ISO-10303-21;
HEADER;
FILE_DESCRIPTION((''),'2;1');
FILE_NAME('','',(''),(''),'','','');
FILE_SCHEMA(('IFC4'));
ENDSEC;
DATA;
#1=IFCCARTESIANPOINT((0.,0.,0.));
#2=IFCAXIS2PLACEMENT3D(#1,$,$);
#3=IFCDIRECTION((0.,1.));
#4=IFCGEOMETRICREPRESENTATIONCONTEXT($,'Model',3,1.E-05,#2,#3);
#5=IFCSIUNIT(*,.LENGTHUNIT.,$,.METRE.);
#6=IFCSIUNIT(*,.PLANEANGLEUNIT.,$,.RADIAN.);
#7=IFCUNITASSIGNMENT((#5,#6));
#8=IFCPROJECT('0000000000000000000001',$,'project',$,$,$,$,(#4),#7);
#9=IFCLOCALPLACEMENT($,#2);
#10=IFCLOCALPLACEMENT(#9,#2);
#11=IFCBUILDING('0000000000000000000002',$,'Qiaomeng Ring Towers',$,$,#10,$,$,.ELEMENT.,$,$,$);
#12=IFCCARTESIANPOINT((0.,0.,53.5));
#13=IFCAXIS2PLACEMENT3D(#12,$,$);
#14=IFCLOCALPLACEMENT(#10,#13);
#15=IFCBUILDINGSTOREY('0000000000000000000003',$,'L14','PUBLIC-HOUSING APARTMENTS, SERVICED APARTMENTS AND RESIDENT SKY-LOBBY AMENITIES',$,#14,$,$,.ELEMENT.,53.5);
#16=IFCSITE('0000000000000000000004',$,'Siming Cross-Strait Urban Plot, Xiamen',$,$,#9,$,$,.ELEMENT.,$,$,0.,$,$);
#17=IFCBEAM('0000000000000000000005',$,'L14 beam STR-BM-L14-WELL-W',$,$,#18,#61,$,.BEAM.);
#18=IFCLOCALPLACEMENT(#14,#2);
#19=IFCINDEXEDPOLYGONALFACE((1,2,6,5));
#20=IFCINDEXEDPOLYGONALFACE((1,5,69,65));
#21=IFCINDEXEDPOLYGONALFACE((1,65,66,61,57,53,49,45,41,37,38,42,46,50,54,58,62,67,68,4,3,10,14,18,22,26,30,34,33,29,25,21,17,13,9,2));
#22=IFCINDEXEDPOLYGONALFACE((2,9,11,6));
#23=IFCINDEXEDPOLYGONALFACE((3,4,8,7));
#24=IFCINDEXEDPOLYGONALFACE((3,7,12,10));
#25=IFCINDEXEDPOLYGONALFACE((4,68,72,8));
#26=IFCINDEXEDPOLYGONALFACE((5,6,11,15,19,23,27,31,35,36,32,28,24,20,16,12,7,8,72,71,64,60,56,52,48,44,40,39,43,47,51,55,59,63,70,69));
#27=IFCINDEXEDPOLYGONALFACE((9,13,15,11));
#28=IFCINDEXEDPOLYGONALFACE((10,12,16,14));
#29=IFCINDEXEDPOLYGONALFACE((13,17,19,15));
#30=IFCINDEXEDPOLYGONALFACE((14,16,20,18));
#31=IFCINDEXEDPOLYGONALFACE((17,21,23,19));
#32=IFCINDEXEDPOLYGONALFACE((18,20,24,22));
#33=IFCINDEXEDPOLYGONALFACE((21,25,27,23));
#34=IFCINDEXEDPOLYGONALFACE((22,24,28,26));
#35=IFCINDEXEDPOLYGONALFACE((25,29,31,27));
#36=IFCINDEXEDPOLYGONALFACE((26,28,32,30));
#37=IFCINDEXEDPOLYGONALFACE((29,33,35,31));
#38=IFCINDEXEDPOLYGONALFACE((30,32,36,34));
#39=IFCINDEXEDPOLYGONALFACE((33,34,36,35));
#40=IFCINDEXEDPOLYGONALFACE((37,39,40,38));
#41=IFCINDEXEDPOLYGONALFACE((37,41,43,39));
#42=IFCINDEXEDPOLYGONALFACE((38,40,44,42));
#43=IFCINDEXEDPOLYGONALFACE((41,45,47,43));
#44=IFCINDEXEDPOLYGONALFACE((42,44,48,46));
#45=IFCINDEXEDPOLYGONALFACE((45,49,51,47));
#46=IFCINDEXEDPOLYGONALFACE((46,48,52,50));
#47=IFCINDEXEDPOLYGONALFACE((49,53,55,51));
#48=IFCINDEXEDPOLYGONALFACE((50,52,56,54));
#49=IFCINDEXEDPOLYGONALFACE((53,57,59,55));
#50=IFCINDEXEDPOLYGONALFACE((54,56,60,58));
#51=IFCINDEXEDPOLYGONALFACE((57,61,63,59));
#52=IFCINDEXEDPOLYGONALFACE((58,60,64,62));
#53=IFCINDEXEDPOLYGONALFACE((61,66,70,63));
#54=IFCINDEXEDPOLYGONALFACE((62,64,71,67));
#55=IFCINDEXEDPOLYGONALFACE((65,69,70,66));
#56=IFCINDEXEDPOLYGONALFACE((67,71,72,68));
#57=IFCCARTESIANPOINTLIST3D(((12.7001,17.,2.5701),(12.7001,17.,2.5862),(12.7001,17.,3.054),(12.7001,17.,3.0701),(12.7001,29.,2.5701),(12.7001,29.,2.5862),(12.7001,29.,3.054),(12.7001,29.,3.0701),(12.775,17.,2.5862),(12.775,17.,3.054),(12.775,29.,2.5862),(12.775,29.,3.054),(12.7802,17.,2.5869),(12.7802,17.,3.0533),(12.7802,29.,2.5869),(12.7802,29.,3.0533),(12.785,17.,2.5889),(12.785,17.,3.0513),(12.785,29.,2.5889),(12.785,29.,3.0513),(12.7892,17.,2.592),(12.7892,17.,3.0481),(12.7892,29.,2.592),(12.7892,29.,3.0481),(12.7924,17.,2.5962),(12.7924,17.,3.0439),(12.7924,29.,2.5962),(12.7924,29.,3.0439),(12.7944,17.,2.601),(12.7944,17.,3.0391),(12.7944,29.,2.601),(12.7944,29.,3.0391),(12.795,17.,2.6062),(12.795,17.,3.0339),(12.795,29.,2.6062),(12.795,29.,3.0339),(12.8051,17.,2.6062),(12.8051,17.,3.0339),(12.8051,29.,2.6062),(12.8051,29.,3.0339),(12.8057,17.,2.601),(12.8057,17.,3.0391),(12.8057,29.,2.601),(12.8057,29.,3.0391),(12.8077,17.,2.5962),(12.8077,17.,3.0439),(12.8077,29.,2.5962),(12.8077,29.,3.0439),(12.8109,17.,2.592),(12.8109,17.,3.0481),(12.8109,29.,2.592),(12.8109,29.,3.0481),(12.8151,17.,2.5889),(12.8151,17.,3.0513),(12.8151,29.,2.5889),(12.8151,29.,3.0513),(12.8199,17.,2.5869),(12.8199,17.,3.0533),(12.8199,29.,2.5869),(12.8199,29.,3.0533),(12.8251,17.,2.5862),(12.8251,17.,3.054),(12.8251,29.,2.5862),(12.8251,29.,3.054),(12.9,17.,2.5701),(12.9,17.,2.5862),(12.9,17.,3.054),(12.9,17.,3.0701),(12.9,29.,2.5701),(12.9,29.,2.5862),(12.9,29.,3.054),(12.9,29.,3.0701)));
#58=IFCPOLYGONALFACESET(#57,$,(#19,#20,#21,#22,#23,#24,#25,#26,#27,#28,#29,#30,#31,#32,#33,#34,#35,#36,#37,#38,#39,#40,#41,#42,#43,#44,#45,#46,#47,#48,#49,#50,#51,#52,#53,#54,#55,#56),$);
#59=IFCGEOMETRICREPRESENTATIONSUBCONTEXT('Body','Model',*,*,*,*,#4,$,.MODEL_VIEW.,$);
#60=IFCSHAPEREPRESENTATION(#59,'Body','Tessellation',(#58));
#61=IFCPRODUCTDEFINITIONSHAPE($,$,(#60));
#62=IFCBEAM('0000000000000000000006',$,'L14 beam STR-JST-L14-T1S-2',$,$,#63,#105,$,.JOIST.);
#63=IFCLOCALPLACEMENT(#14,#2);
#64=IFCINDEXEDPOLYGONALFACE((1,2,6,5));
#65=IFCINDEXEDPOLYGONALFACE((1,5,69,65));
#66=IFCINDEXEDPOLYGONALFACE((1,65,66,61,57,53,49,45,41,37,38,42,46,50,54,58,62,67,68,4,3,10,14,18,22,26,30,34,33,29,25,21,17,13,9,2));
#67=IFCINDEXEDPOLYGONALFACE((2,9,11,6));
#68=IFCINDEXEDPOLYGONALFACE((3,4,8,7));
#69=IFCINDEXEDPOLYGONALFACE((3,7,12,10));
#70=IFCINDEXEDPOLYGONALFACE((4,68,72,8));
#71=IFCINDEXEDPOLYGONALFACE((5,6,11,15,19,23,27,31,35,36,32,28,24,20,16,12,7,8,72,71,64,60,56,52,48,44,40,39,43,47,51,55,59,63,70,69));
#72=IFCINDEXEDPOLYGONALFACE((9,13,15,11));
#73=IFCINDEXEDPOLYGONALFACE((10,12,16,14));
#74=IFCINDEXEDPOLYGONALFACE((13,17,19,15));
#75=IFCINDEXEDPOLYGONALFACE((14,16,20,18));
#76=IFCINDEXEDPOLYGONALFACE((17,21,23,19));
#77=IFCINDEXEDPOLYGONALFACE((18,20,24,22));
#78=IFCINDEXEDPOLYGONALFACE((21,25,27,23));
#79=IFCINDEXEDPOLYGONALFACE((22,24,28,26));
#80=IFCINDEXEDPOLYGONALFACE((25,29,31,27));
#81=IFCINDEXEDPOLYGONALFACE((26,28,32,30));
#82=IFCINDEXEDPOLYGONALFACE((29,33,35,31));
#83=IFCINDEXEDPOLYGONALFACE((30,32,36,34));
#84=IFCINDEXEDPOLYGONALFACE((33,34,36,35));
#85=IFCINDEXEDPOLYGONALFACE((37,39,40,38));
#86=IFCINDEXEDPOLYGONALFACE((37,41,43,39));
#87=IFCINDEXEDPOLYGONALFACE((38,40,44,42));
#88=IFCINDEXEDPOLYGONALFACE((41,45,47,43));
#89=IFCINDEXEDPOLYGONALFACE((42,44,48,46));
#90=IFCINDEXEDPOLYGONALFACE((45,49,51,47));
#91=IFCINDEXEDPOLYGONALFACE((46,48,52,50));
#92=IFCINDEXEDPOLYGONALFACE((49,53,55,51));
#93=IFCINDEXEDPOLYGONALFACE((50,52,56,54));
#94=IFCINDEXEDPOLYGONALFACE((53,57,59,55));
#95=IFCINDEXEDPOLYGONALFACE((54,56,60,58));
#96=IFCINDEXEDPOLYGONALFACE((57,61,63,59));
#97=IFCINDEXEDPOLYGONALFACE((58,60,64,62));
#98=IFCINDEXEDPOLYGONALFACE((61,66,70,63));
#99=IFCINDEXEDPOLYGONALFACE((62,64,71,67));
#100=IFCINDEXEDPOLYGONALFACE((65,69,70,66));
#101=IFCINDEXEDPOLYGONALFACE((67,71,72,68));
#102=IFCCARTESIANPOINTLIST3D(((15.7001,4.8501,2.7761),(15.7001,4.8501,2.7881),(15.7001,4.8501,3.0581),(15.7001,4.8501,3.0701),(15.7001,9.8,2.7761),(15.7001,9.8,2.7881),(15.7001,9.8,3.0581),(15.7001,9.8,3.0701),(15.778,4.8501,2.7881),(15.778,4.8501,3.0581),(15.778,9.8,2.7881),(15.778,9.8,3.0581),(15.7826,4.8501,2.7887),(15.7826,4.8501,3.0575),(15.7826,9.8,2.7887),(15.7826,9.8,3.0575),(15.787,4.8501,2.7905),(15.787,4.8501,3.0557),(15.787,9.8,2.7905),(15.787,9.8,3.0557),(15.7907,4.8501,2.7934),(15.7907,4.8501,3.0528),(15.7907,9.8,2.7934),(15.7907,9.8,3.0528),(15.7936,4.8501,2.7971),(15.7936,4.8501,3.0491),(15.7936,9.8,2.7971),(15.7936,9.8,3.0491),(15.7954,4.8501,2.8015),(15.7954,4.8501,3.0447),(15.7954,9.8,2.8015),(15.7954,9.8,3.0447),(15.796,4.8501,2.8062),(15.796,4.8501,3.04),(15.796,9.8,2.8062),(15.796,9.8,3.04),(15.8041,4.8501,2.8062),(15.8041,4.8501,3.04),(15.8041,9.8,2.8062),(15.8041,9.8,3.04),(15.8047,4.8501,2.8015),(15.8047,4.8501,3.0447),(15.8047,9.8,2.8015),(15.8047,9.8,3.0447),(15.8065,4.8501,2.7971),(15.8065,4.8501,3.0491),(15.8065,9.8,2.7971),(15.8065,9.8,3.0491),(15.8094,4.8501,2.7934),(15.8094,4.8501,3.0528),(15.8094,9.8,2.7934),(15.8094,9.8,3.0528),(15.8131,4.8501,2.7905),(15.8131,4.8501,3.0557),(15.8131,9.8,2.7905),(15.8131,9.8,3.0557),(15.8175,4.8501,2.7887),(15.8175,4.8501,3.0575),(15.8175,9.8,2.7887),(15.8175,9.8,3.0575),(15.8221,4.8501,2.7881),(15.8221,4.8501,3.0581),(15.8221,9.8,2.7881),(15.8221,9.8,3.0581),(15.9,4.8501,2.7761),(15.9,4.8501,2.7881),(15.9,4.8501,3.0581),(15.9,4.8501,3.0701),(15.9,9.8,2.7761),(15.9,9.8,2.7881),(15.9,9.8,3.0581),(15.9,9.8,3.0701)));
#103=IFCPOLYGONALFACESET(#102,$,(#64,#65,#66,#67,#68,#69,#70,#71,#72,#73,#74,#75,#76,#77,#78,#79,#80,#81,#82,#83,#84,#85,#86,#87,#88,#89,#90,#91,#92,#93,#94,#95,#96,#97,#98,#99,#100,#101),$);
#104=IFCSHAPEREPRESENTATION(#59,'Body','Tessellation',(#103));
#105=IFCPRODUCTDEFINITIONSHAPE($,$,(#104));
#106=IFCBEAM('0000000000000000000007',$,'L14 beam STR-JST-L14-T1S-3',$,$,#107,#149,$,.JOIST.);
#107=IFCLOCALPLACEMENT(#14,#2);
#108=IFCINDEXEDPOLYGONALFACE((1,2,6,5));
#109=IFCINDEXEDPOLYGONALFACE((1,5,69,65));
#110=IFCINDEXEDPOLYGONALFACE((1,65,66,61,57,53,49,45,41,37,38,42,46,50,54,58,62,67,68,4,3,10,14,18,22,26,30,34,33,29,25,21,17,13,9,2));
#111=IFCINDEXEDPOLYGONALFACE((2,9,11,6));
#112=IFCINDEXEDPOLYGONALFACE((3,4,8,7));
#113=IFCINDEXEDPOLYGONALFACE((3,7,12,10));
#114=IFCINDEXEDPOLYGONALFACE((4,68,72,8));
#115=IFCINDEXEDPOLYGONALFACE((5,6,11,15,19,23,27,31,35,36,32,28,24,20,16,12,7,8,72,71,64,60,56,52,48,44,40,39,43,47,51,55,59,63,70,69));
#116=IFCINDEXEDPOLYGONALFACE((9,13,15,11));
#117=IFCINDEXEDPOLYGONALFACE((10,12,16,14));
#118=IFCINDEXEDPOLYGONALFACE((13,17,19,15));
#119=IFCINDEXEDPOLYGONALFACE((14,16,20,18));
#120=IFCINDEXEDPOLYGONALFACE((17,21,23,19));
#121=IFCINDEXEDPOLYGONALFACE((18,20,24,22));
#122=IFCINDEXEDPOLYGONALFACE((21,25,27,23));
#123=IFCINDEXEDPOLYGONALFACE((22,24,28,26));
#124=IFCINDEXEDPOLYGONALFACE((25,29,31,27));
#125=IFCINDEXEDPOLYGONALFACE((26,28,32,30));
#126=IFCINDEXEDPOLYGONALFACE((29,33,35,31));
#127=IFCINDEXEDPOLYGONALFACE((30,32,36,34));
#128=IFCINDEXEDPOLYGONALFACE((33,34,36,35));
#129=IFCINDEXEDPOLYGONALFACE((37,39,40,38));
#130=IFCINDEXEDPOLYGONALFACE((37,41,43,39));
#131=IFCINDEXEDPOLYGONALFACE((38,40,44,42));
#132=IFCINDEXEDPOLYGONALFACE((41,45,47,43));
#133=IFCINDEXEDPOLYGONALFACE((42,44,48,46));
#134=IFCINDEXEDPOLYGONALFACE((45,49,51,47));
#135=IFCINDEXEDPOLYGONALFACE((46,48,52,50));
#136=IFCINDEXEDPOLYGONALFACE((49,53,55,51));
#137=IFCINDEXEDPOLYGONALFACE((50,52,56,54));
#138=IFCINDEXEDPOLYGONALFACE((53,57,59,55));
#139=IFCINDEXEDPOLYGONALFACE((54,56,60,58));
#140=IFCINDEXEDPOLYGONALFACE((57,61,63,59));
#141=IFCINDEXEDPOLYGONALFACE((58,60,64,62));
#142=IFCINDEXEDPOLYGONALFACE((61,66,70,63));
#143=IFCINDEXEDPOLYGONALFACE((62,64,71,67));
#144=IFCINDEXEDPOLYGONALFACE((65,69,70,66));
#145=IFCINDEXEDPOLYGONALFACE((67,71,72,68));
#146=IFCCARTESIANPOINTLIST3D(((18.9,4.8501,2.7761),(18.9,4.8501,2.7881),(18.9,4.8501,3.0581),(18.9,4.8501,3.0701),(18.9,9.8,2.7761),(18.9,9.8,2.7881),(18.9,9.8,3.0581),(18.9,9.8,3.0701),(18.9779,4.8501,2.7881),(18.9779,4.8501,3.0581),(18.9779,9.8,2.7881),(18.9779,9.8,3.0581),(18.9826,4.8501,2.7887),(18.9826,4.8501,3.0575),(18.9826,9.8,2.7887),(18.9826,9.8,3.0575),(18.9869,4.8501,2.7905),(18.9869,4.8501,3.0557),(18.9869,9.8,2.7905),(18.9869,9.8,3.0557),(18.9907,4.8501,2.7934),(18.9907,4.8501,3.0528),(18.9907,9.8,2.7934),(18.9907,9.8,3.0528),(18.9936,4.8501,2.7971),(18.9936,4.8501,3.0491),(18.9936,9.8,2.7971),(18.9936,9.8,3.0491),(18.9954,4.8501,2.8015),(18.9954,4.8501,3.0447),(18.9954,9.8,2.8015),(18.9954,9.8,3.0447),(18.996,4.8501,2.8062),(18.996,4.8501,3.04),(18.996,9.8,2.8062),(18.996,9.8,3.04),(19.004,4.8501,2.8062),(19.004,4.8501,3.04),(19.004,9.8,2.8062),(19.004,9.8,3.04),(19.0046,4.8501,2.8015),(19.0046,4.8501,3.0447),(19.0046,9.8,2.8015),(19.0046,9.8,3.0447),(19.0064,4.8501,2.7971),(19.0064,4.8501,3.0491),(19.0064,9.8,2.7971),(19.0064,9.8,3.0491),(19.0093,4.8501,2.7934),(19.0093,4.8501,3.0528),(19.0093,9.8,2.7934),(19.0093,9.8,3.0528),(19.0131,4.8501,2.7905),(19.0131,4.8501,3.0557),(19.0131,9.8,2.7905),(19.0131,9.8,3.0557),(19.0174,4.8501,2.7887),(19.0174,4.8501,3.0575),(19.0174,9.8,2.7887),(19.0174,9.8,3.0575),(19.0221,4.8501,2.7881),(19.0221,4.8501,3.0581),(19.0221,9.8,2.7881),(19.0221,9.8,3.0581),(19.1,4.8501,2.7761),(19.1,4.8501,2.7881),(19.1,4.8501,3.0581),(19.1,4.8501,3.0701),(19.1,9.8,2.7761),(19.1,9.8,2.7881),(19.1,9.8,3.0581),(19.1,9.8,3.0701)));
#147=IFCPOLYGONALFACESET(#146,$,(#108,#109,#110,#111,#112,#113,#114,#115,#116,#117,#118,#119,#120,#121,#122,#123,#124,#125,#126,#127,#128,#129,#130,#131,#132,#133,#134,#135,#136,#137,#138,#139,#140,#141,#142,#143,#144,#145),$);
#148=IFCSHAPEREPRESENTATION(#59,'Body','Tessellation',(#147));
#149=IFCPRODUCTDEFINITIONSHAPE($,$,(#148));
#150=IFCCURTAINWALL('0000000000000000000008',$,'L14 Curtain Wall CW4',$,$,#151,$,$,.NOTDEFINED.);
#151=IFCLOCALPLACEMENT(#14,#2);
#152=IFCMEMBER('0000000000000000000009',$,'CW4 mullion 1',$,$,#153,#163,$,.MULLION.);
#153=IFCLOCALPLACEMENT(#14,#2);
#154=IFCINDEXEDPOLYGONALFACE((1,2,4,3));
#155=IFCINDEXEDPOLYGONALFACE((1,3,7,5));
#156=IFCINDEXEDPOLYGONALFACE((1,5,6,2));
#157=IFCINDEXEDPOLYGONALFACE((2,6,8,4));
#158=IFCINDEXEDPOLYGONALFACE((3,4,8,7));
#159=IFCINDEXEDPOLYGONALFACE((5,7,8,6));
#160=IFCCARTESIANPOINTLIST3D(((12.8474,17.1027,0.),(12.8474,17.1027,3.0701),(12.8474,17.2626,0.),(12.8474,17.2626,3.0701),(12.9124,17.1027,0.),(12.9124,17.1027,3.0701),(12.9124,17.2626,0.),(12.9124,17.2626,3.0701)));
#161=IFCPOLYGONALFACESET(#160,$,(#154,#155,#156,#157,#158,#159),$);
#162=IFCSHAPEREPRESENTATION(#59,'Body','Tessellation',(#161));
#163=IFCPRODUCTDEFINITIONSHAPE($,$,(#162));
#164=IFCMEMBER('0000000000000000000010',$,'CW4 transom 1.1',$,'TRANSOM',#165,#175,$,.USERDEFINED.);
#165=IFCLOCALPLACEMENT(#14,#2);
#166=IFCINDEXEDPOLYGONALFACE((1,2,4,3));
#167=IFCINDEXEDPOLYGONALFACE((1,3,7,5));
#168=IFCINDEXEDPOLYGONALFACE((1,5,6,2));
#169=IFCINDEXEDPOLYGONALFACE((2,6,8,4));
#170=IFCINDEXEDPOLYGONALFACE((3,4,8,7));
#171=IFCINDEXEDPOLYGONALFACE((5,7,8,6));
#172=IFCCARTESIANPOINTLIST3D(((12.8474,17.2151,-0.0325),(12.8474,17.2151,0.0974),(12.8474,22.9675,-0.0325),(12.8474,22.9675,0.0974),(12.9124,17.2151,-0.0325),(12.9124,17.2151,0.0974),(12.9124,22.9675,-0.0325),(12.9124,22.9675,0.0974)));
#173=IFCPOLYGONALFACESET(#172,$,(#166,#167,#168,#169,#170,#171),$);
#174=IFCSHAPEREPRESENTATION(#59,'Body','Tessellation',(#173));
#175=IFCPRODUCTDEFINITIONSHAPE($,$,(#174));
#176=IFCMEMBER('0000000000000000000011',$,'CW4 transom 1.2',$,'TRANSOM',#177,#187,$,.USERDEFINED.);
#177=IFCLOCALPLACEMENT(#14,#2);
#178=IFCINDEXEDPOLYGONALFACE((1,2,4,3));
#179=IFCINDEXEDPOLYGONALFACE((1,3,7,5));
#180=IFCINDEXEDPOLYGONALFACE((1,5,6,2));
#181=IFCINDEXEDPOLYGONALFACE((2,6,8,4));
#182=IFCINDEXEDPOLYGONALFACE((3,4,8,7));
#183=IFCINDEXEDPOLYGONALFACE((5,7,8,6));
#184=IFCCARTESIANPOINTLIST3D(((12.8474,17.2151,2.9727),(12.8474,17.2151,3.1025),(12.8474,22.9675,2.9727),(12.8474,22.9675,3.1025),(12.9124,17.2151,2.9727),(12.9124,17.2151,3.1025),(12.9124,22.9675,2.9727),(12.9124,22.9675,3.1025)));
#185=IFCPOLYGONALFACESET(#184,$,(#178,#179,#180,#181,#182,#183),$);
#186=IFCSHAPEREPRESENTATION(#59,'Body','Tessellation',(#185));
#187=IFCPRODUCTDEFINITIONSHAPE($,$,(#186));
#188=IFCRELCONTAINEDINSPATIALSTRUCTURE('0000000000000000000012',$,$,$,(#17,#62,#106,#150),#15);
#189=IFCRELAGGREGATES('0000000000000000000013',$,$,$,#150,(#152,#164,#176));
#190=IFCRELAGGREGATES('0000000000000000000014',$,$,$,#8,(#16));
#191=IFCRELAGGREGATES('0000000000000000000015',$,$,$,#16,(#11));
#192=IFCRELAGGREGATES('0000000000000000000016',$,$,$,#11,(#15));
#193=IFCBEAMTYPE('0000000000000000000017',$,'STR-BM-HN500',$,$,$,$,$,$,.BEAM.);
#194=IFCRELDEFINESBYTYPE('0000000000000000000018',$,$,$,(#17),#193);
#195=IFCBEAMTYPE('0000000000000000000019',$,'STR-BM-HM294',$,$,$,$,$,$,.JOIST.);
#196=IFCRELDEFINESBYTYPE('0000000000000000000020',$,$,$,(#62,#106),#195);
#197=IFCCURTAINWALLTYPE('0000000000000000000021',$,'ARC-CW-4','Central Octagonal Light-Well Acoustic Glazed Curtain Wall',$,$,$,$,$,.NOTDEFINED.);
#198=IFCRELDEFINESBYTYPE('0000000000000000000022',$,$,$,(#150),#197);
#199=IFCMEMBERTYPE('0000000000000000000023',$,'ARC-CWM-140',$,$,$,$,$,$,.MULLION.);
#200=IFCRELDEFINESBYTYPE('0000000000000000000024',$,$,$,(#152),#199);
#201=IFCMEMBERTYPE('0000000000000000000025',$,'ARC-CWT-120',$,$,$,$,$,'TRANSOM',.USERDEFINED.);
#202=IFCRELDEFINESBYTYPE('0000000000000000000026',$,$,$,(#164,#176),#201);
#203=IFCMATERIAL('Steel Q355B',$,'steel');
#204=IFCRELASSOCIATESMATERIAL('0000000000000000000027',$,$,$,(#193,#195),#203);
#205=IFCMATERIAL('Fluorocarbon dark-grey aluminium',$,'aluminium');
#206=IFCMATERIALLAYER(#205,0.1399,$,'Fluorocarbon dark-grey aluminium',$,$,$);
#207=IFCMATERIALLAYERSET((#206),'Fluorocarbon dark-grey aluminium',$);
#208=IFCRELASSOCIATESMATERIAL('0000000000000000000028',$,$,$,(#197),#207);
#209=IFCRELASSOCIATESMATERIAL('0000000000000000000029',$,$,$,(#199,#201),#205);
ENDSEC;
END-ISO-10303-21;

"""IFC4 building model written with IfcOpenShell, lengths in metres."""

from ifc_helpers import new_model, si_unit, direction, frame, origin, origin_2d, place, context, subcontext, project, spatial, rectangle, i_section, extrude, source, transform, mapped, material, layer, layer_set, material_profile, profile_set, type_object, element, aggregate, save


model = new_model("IFC4")

# Units and contexts
model_context = context("Model", 3, precision=1e-05, world=origin(), true_north=direction((0.0, 1.0)))
body_context = subcontext(model_context, "Body", "Model", "MODEL_VIEW")
ifc_project = project(units=[si_unit("LENGTHUNIT", "METRE"), si_unit("PLANEANGLEUNIT", "RADIAN")], contexts=[model_context])

# Site, building, storey
site_placement = place(None, origin())
site = spatial("IfcSite", under=ifc_project, at=site_placement, Name="Siming Cross-Strait Urban Plot, Xiamen", CompositionType="ELEMENT", RefElevation=0.0)
building_placement = place(site_placement, origin())
building = spatial("IfcBuilding", under=site, at=building_placement, Name="Qiaomeng Ring Towers", CompositionType="ELEMENT")
storey_placement = place(building_placement, frame((0.0, 0.0, 53.5)))
storey = spatial("IfcBuildingStorey", under=building, at=storey_placement, Name="L14", Description="PUBLIC-HOUSING APARTMENTS, SERVICED APARTMENTS AND RESIDENT SKY-LOBBY AMENITIES", CompositionType="ELEMENT", Elevation=53.5)

# Beams
ifc_material_1 = material(Name="Steel Q355B", Category="steel")
ifc_material_profile_1 = material_profile(ifc_material_1, i_section(OverallWidth=0.2, OverallDepth=0.5, WebThickness=0.01, FlangeThickness=0.0161, FilletRadius=0.02, at=origin_2d()), Name="HN 500x200x10x16")
ifc_profile_set_1 = profile_set([ifc_material_profile_1], Name="Steel Q355B")
beam_type_1 = type_object("IfcBeamType", Name="STR-BM-HN500", PredefinedType="BEAM", material=ifc_profile_set_1)
shared_shape_1 = source(origin(), body_context, "Body", "SweptSolid", [
    extrude(i_section(OverallWidth=0.2, OverallDepth=0.5, WebThickness=0.01, FlangeThickness=0.0161, FilletRadius=0.02, at=origin_2d()), origin(), (0.0, 0.0, 1.0), 12.0),
])
beam_placement = place(storey_placement, frame((12.8, 17.0, 2.8201), z_axis=(0.0, 1.0, 0.0), x_axis=(-1.0, 0.0, 0.0)))
element("IfcBeam", 1, at=beam_placement, inside=storey, type_object=beam_type_1, Name="L14 beam STR-BM-L14-WELL-W", PredefinedType="BEAM", context=body_context, shape_type="MappedRepresentation", body=[
    mapped(shared_shape_1, transform((0.0, 0.0, 0.0), x_axis=(1.0, 0.0, 0.0), y_axis=(0.0, 1.0, 0.0), z_axis=(0.0, 0.0, 1.0), scale=1.0)),
])
ifc_material_profile_2 = material_profile(ifc_material_1, i_section(OverallWidth=0.2, OverallDepth=0.2939, WebThickness=0.0081, FlangeThickness=0.012, FilletRadius=0.0181, at=origin_2d()), Name="HM 294x200x8x12")
ifc_profile_set_2 = profile_set([ifc_material_profile_2], Name="Steel Q355B")
beam_type_2 = type_object("IfcBeamType", Name="STR-BM-HM294", PredefinedType="JOIST", material=ifc_profile_set_2)
shared_shape_2 = source(origin(), body_context, "Body", "SweptSolid", [
    extrude(i_section(OverallWidth=0.2, OverallDepth=0.2939, WebThickness=0.0081, FlangeThickness=0.012, FilletRadius=0.0181, at=origin_2d()), origin(), (0.0, 0.0, 1.0), 4.95),
])
for number, where, z_axis, x_axis, name in (
    (2, (15.8, 4.8501, 2.9231), (0.0, 1.0, 0.0), (-1.0, 0.0, 0.0), "L14 beam STR-JST-L14-T1S-2"),
    (3, (19.0, 4.8501, 2.9231), (0.0, 1.0, 0.0), (-1.0, 0.0, 0.0), "L14 beam STR-JST-L14-T1S-3"),
):
    element("IfcBeam", number, at=place(storey_placement, frame(where, z_axis=z_axis, x_axis=x_axis)), inside=storey, type_object=beam_type_2, Name=name, PredefinedType="JOIST", context=body_context, shape_type="MappedRepresentation", body=[
        mapped(shared_shape_2, transform((0.0, 0.0, 0.0), x_axis=(1.0, 0.0, 0.0), y_axis=(0.0, 1.0, 0.0), z_axis=(0.0, 0.0, 1.0), scale=1.0)),
    ])

# Curtain wall, members
ifc_material_2 = material(Name="Fluorocarbon dark-grey aluminium", Category="aluminium")
ifc_layer_1 = layer(ifc_material_2, 0.1399, Name="Fluorocarbon dark-grey aluminium")
ifc_layer_set_1 = layer_set([ifc_layer_1], Name="Fluorocarbon dark-grey aluminium")
curtain_wall_type = type_object("IfcCurtainWallType", Name="ARC-CW-4", Description="Central Octagonal Light-Well Acoustic Glazed Curtain Wall", PredefinedType="NOTDEFINED", material=ifc_layer_set_1)
curtain_wall_placement = place(storey_placement, origin())
curtain_wall = element("IfcCurtainWall", 4, at=curtain_wall_placement, inside=storey, type_object=curtain_wall_type, Name="L14 Curtain Wall CW4", PredefinedType="NOTDEFINED")
ifc_material_profile_3 = material_profile(ifc_material_2, rectangle(XDim=0.0649, YDim=0.1599, at=origin_2d()), Name="ALU MULL 65x160")
ifc_profile_set_3 = profile_set([ifc_material_profile_3], Name="Fluorocarbon dark-grey aluminium")
member_type_1 = type_object("IfcMemberType", Name="ARC-CWM-140", PredefinedType="MULLION", material=ifc_profile_set_3)
shared_shape_3 = source(origin(), body_context, "Body", "SweptSolid", [
    extrude(rectangle(XDim=0.0649, YDim=0.1599, at=origin_2d()), origin(), (0.0, 0.0, 1.0), 3.0701),
])
member_1_placement = place(storey_placement, frame((12.8799, 17.1826, 0.0), z_axis=(0.0, 0.0, 1.0), x_axis=(-1.0, 0.0, 0.0)))
member_1 = element("IfcMember", 5, at=member_1_placement, type_object=member_type_1, Name="CW4 mullion 1", PredefinedType="MULLION", context=body_context, shape_type="MappedRepresentation", body=[
    mapped(shared_shape_3, transform((0.0, 0.0, 0.0), x_axis=(1.0, 0.0, 0.0), y_axis=(0.0, 1.0, 0.0), z_axis=(0.0, 0.0, 1.0), scale=1.0)),
])
ifc_material_profile_4 = material_profile(ifc_material_2, rectangle(XDim=0.0649, YDim=0.1299, at=origin_2d()), Name="ALU TRAN 65x130")
ifc_profile_set_4 = profile_set([ifc_material_profile_4], Name="Fluorocarbon dark-grey aluminium")
member_type_2 = type_object("IfcMemberType", Name="ARC-CWT-120", ElementType="TRANSOM", PredefinedType="USERDEFINED", material=ifc_profile_set_4)
shared_shape_4 = source(origin(), body_context, "Body", "SweptSolid", [
    extrude(rectangle(XDim=0.0649, YDim=0.1299, at=origin_2d()), origin(), (0.0, 0.0, 1.0), 5.7524),
])
member_2_placement = place(storey_placement, frame((12.8799, 17.2151, 0.0325), z_axis=(0.0, 1.0, 0.0), x_axis=(-1.0, 0.0, 0.0)))
member_2 = element("IfcMember", 6, at=member_2_placement, type_object=member_type_2, Name="CW4 transom 1.1", ObjectType="TRANSOM", PredefinedType="USERDEFINED", context=body_context, shape_type="MappedRepresentation", body=[
    mapped(shared_shape_4, transform((0.0, 0.0, 0.0), x_axis=(1.0, 0.0, 0.0), y_axis=(0.0, 1.0, 0.0), z_axis=(0.0, 0.0, 1.0), scale=1.0)),
])
member_3_placement = place(storey_placement, frame((12.8799, 17.2151, 3.0376), z_axis=(0.0, 1.0, 0.0), x_axis=(-1.0, 0.0, 0.0)))
member_3 = element("IfcMember", 7, at=member_3_placement, type_object=member_type_2, Name="CW4 transom 1.2", ObjectType="TRANSOM", PredefinedType="USERDEFINED", context=body_context, shape_type="MappedRepresentation", body=[
    mapped(shared_shape_4, transform((0.0, 0.0, 0.0), x_axis=(1.0, 0.0, 0.0), y_axis=(0.0, 1.0, 0.0), z_axis=(0.0, 0.0, 1.0), scale=1.0)),
])
aggregate(curtain_wall, [member_1, member_2, member_3])

save(model, "model.ifc")
